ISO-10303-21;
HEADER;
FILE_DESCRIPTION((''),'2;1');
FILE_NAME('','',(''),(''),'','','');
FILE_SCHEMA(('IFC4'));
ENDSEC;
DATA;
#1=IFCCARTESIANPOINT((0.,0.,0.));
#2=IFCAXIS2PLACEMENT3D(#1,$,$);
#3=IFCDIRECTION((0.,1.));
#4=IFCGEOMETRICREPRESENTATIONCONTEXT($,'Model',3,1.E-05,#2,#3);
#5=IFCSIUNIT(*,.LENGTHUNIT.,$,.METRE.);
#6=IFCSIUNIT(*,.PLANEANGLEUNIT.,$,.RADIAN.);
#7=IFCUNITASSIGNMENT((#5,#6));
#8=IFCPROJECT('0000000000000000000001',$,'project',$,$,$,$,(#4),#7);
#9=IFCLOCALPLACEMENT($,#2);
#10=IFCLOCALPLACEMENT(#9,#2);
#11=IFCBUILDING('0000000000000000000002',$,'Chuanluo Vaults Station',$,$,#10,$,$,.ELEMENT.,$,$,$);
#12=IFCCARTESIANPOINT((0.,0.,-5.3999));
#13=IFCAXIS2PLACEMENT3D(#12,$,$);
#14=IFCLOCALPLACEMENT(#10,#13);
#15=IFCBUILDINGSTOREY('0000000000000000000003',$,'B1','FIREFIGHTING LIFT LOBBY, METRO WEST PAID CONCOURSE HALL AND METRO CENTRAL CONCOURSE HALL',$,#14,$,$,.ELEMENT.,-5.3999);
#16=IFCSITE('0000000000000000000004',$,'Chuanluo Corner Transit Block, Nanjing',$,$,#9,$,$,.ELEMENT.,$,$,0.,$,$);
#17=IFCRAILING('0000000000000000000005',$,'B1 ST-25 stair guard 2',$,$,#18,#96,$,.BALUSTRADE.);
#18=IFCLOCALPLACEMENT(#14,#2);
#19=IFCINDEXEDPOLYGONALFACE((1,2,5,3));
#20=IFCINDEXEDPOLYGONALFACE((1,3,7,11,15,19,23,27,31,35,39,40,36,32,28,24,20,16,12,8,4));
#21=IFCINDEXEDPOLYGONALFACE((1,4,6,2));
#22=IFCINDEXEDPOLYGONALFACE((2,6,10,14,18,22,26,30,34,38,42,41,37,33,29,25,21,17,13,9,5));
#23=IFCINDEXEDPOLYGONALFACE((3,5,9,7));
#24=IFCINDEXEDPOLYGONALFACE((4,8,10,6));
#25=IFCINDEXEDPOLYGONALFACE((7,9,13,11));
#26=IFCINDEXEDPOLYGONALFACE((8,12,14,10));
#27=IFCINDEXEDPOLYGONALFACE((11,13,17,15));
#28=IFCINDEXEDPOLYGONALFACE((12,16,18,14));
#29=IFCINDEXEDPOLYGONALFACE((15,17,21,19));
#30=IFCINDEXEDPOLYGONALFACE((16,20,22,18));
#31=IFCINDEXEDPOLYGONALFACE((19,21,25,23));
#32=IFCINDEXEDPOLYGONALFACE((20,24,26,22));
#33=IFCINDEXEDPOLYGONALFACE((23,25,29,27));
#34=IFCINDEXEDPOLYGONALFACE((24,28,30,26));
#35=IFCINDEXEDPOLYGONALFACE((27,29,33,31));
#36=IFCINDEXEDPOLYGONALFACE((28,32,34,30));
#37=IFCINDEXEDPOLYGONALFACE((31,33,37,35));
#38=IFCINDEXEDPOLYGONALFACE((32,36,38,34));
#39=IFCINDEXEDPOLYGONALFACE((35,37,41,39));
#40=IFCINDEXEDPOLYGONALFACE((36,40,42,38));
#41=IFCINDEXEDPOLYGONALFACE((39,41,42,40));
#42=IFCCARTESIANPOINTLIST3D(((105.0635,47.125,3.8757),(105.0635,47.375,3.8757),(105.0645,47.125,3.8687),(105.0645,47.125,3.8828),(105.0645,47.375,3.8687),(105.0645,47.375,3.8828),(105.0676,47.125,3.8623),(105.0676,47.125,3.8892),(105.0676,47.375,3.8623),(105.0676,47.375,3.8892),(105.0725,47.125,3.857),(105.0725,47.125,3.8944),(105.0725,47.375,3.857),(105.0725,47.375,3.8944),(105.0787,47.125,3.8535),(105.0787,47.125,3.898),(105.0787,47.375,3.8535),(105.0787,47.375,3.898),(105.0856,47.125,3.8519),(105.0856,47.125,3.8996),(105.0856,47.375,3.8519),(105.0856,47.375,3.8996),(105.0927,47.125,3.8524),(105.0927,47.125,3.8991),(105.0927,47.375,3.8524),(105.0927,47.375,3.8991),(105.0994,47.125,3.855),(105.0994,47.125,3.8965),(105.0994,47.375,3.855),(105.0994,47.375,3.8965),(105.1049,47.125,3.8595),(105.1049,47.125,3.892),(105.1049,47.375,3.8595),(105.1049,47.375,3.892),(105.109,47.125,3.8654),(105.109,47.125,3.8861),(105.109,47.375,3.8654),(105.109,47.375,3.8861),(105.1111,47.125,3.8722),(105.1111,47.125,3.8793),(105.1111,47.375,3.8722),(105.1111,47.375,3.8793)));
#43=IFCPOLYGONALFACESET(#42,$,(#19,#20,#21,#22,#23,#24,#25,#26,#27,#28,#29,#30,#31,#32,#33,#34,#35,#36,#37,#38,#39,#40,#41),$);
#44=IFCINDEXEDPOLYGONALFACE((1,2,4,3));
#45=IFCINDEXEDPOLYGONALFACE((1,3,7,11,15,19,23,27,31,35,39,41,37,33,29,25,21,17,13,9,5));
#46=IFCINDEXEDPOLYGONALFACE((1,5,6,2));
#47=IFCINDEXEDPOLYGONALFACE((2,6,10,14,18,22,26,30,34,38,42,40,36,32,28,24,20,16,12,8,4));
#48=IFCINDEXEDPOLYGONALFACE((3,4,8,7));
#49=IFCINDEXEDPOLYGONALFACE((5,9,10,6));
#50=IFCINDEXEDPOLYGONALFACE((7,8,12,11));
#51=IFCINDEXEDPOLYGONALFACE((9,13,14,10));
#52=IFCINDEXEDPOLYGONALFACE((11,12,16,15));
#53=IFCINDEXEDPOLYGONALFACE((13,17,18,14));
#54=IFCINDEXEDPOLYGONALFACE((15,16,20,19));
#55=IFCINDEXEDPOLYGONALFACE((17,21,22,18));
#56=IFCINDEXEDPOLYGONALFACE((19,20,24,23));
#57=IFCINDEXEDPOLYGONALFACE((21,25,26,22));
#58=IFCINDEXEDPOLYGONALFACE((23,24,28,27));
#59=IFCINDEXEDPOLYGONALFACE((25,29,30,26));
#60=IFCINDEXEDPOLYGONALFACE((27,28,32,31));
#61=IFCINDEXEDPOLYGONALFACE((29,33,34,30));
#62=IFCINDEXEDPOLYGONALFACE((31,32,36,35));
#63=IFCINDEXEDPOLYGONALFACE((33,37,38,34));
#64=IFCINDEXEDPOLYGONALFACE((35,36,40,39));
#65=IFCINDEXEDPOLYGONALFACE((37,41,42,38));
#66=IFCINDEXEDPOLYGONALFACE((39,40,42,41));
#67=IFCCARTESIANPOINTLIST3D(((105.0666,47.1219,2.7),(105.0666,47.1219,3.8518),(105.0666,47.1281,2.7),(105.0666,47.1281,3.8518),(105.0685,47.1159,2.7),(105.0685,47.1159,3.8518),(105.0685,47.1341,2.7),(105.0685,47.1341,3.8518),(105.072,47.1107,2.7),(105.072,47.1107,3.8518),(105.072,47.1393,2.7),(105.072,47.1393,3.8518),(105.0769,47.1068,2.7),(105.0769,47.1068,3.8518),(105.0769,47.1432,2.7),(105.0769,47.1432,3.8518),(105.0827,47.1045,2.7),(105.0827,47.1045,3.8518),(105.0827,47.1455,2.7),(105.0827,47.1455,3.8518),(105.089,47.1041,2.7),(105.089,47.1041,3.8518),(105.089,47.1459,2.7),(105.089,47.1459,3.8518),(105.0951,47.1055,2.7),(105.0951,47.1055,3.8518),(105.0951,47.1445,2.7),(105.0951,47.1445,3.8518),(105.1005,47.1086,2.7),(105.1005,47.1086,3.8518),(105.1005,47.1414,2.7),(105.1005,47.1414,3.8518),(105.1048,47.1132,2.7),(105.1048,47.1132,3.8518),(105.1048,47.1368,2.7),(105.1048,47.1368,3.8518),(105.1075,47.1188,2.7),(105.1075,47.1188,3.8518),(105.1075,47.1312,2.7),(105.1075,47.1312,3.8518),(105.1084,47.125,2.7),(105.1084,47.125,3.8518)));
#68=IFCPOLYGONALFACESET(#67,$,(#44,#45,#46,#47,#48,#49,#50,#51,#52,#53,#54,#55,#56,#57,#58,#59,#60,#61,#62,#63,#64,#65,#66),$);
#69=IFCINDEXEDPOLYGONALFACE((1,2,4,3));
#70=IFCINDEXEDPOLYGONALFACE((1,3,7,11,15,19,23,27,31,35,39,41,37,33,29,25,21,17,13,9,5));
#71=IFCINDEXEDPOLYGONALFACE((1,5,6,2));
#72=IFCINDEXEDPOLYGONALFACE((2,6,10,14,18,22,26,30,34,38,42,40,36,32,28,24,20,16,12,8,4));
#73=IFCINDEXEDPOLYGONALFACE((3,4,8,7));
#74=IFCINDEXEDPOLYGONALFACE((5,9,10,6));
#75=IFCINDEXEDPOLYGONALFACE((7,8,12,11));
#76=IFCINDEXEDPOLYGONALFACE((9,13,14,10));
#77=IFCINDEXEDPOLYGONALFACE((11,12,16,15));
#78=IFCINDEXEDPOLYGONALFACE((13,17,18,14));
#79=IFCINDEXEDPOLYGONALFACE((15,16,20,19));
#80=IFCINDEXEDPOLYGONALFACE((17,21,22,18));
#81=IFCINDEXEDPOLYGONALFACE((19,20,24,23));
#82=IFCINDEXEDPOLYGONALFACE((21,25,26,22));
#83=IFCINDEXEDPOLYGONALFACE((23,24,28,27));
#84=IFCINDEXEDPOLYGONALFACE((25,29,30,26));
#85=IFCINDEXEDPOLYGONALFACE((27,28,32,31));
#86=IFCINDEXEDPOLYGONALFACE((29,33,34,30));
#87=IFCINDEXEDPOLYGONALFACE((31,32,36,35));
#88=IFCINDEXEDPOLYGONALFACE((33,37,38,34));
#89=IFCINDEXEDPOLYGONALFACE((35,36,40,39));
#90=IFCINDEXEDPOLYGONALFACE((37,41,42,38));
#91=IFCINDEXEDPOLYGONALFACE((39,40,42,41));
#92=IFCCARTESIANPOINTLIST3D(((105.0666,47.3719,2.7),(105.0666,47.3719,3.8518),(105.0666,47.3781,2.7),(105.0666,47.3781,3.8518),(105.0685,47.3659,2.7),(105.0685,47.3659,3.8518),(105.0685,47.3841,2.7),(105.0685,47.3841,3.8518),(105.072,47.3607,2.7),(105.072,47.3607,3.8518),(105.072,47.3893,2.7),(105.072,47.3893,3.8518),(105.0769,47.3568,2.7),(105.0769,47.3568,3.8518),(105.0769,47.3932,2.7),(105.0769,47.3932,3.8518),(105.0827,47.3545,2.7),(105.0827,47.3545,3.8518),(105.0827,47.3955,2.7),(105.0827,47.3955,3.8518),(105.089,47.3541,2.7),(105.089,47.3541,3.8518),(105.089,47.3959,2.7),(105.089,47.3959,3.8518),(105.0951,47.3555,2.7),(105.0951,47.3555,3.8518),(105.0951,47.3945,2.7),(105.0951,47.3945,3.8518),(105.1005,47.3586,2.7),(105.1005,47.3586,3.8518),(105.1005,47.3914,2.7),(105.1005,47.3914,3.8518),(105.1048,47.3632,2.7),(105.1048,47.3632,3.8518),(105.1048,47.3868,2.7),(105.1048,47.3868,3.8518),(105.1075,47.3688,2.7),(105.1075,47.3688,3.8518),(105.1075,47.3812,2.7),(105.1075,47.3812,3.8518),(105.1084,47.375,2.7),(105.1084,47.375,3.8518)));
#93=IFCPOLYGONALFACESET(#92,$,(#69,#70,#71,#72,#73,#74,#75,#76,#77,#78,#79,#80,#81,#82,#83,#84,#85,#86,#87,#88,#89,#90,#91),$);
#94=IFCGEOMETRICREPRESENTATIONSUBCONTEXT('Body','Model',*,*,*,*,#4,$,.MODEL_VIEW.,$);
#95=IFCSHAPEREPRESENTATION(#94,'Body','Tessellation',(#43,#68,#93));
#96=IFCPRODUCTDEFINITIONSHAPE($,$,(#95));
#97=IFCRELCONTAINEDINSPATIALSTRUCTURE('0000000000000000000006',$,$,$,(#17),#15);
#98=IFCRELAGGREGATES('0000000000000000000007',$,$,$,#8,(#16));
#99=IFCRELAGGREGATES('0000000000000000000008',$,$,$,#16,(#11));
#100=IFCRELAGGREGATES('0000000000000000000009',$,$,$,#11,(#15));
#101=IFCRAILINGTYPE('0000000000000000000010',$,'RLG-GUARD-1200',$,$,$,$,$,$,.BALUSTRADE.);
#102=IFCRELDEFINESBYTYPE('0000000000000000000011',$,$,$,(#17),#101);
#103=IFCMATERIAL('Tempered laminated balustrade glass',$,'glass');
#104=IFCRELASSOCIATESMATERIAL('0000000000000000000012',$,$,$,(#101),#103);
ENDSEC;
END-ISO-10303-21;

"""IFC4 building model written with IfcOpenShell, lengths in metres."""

from ifc_helpers import new_model, si_unit, direction, frame, origin, origin_2d, place, context, subcontext, project, spatial, circle, extrude, material, type_object, element, save


model = new_model("IFC4")

# Units and contexts
model_context = context("Model", 3, precision=1e-05, world=origin(), true_north=direction((0.0, 1.0)))
body_context = subcontext(model_context, "Body", "Model", "MODEL_VIEW")
ifc_project = project(units=[si_unit("LENGTHUNIT", "METRE"), si_unit("PLANEANGLEUNIT", "RADIAN")], contexts=[model_context])

# Site, building, storey
site_placement = place(None, origin())
site = spatial("IfcSite", under=ifc_project, at=site_placement, Name="Chuanluo Corner Transit Block, Nanjing", CompositionType="ELEMENT", RefElevation=0.0)
building_placement = place(site_placement, origin())
building = spatial("IfcBuilding", under=site, at=building_placement, Name="Chuanluo Vaults Station", CompositionType="ELEMENT")
storey_placement = place(building_placement, frame((0.0, 0.0, -5.3999)))
storey = spatial("IfcBuildingStorey", under=building, at=storey_placement, Name="B1", Description="FIREFIGHTING LIFT LOBBY, METRO WEST PAID CONCOURSE HALL AND METRO CENTRAL CONCOURSE HALL", CompositionType="ELEMENT", Elevation=-5.3999)

# Railing
ifc_material_1 = material(Name="Tempered laminated balustrade glass", Category="glass")
railing_type_1 = type_object("IfcRailingType", Name="RLG-GUARD-1200", PredefinedType="BALUSTRADE", material=ifc_material_1)
railing_1_placement = place(storey_placement, frame((105.0874, 47.125, 2.7)))
element("IfcRailing", 1, at=railing_1_placement, inside=storey, type_object=railing_type_1, Name="B1 ST-25 stair guard 2", PredefinedType="BALUSTRADE", context=body_context, shape_type="SweptSolid", body=[
    extrude(circle(Radius=0.0239, at=origin_2d()), frame((0.0, 0.0, 1.1758), z_axis=(0.0, 1.0, 0.0), x_axis=(-1.0, 0.0, 0.0)), (0.0, 0.0, 1.0), 0.25),
    extrude(circle(Radius=0.021, at=origin_2d()), origin(), (0.0, 0.0, 1.0), 1.1519),
    extrude(circle(Radius=0.021, at=origin_2d()), frame((0.0, 0.25, 0.0)), (0.0, 0.0, 1.0), 1.1519),
])

save(model, "model.ifc")
